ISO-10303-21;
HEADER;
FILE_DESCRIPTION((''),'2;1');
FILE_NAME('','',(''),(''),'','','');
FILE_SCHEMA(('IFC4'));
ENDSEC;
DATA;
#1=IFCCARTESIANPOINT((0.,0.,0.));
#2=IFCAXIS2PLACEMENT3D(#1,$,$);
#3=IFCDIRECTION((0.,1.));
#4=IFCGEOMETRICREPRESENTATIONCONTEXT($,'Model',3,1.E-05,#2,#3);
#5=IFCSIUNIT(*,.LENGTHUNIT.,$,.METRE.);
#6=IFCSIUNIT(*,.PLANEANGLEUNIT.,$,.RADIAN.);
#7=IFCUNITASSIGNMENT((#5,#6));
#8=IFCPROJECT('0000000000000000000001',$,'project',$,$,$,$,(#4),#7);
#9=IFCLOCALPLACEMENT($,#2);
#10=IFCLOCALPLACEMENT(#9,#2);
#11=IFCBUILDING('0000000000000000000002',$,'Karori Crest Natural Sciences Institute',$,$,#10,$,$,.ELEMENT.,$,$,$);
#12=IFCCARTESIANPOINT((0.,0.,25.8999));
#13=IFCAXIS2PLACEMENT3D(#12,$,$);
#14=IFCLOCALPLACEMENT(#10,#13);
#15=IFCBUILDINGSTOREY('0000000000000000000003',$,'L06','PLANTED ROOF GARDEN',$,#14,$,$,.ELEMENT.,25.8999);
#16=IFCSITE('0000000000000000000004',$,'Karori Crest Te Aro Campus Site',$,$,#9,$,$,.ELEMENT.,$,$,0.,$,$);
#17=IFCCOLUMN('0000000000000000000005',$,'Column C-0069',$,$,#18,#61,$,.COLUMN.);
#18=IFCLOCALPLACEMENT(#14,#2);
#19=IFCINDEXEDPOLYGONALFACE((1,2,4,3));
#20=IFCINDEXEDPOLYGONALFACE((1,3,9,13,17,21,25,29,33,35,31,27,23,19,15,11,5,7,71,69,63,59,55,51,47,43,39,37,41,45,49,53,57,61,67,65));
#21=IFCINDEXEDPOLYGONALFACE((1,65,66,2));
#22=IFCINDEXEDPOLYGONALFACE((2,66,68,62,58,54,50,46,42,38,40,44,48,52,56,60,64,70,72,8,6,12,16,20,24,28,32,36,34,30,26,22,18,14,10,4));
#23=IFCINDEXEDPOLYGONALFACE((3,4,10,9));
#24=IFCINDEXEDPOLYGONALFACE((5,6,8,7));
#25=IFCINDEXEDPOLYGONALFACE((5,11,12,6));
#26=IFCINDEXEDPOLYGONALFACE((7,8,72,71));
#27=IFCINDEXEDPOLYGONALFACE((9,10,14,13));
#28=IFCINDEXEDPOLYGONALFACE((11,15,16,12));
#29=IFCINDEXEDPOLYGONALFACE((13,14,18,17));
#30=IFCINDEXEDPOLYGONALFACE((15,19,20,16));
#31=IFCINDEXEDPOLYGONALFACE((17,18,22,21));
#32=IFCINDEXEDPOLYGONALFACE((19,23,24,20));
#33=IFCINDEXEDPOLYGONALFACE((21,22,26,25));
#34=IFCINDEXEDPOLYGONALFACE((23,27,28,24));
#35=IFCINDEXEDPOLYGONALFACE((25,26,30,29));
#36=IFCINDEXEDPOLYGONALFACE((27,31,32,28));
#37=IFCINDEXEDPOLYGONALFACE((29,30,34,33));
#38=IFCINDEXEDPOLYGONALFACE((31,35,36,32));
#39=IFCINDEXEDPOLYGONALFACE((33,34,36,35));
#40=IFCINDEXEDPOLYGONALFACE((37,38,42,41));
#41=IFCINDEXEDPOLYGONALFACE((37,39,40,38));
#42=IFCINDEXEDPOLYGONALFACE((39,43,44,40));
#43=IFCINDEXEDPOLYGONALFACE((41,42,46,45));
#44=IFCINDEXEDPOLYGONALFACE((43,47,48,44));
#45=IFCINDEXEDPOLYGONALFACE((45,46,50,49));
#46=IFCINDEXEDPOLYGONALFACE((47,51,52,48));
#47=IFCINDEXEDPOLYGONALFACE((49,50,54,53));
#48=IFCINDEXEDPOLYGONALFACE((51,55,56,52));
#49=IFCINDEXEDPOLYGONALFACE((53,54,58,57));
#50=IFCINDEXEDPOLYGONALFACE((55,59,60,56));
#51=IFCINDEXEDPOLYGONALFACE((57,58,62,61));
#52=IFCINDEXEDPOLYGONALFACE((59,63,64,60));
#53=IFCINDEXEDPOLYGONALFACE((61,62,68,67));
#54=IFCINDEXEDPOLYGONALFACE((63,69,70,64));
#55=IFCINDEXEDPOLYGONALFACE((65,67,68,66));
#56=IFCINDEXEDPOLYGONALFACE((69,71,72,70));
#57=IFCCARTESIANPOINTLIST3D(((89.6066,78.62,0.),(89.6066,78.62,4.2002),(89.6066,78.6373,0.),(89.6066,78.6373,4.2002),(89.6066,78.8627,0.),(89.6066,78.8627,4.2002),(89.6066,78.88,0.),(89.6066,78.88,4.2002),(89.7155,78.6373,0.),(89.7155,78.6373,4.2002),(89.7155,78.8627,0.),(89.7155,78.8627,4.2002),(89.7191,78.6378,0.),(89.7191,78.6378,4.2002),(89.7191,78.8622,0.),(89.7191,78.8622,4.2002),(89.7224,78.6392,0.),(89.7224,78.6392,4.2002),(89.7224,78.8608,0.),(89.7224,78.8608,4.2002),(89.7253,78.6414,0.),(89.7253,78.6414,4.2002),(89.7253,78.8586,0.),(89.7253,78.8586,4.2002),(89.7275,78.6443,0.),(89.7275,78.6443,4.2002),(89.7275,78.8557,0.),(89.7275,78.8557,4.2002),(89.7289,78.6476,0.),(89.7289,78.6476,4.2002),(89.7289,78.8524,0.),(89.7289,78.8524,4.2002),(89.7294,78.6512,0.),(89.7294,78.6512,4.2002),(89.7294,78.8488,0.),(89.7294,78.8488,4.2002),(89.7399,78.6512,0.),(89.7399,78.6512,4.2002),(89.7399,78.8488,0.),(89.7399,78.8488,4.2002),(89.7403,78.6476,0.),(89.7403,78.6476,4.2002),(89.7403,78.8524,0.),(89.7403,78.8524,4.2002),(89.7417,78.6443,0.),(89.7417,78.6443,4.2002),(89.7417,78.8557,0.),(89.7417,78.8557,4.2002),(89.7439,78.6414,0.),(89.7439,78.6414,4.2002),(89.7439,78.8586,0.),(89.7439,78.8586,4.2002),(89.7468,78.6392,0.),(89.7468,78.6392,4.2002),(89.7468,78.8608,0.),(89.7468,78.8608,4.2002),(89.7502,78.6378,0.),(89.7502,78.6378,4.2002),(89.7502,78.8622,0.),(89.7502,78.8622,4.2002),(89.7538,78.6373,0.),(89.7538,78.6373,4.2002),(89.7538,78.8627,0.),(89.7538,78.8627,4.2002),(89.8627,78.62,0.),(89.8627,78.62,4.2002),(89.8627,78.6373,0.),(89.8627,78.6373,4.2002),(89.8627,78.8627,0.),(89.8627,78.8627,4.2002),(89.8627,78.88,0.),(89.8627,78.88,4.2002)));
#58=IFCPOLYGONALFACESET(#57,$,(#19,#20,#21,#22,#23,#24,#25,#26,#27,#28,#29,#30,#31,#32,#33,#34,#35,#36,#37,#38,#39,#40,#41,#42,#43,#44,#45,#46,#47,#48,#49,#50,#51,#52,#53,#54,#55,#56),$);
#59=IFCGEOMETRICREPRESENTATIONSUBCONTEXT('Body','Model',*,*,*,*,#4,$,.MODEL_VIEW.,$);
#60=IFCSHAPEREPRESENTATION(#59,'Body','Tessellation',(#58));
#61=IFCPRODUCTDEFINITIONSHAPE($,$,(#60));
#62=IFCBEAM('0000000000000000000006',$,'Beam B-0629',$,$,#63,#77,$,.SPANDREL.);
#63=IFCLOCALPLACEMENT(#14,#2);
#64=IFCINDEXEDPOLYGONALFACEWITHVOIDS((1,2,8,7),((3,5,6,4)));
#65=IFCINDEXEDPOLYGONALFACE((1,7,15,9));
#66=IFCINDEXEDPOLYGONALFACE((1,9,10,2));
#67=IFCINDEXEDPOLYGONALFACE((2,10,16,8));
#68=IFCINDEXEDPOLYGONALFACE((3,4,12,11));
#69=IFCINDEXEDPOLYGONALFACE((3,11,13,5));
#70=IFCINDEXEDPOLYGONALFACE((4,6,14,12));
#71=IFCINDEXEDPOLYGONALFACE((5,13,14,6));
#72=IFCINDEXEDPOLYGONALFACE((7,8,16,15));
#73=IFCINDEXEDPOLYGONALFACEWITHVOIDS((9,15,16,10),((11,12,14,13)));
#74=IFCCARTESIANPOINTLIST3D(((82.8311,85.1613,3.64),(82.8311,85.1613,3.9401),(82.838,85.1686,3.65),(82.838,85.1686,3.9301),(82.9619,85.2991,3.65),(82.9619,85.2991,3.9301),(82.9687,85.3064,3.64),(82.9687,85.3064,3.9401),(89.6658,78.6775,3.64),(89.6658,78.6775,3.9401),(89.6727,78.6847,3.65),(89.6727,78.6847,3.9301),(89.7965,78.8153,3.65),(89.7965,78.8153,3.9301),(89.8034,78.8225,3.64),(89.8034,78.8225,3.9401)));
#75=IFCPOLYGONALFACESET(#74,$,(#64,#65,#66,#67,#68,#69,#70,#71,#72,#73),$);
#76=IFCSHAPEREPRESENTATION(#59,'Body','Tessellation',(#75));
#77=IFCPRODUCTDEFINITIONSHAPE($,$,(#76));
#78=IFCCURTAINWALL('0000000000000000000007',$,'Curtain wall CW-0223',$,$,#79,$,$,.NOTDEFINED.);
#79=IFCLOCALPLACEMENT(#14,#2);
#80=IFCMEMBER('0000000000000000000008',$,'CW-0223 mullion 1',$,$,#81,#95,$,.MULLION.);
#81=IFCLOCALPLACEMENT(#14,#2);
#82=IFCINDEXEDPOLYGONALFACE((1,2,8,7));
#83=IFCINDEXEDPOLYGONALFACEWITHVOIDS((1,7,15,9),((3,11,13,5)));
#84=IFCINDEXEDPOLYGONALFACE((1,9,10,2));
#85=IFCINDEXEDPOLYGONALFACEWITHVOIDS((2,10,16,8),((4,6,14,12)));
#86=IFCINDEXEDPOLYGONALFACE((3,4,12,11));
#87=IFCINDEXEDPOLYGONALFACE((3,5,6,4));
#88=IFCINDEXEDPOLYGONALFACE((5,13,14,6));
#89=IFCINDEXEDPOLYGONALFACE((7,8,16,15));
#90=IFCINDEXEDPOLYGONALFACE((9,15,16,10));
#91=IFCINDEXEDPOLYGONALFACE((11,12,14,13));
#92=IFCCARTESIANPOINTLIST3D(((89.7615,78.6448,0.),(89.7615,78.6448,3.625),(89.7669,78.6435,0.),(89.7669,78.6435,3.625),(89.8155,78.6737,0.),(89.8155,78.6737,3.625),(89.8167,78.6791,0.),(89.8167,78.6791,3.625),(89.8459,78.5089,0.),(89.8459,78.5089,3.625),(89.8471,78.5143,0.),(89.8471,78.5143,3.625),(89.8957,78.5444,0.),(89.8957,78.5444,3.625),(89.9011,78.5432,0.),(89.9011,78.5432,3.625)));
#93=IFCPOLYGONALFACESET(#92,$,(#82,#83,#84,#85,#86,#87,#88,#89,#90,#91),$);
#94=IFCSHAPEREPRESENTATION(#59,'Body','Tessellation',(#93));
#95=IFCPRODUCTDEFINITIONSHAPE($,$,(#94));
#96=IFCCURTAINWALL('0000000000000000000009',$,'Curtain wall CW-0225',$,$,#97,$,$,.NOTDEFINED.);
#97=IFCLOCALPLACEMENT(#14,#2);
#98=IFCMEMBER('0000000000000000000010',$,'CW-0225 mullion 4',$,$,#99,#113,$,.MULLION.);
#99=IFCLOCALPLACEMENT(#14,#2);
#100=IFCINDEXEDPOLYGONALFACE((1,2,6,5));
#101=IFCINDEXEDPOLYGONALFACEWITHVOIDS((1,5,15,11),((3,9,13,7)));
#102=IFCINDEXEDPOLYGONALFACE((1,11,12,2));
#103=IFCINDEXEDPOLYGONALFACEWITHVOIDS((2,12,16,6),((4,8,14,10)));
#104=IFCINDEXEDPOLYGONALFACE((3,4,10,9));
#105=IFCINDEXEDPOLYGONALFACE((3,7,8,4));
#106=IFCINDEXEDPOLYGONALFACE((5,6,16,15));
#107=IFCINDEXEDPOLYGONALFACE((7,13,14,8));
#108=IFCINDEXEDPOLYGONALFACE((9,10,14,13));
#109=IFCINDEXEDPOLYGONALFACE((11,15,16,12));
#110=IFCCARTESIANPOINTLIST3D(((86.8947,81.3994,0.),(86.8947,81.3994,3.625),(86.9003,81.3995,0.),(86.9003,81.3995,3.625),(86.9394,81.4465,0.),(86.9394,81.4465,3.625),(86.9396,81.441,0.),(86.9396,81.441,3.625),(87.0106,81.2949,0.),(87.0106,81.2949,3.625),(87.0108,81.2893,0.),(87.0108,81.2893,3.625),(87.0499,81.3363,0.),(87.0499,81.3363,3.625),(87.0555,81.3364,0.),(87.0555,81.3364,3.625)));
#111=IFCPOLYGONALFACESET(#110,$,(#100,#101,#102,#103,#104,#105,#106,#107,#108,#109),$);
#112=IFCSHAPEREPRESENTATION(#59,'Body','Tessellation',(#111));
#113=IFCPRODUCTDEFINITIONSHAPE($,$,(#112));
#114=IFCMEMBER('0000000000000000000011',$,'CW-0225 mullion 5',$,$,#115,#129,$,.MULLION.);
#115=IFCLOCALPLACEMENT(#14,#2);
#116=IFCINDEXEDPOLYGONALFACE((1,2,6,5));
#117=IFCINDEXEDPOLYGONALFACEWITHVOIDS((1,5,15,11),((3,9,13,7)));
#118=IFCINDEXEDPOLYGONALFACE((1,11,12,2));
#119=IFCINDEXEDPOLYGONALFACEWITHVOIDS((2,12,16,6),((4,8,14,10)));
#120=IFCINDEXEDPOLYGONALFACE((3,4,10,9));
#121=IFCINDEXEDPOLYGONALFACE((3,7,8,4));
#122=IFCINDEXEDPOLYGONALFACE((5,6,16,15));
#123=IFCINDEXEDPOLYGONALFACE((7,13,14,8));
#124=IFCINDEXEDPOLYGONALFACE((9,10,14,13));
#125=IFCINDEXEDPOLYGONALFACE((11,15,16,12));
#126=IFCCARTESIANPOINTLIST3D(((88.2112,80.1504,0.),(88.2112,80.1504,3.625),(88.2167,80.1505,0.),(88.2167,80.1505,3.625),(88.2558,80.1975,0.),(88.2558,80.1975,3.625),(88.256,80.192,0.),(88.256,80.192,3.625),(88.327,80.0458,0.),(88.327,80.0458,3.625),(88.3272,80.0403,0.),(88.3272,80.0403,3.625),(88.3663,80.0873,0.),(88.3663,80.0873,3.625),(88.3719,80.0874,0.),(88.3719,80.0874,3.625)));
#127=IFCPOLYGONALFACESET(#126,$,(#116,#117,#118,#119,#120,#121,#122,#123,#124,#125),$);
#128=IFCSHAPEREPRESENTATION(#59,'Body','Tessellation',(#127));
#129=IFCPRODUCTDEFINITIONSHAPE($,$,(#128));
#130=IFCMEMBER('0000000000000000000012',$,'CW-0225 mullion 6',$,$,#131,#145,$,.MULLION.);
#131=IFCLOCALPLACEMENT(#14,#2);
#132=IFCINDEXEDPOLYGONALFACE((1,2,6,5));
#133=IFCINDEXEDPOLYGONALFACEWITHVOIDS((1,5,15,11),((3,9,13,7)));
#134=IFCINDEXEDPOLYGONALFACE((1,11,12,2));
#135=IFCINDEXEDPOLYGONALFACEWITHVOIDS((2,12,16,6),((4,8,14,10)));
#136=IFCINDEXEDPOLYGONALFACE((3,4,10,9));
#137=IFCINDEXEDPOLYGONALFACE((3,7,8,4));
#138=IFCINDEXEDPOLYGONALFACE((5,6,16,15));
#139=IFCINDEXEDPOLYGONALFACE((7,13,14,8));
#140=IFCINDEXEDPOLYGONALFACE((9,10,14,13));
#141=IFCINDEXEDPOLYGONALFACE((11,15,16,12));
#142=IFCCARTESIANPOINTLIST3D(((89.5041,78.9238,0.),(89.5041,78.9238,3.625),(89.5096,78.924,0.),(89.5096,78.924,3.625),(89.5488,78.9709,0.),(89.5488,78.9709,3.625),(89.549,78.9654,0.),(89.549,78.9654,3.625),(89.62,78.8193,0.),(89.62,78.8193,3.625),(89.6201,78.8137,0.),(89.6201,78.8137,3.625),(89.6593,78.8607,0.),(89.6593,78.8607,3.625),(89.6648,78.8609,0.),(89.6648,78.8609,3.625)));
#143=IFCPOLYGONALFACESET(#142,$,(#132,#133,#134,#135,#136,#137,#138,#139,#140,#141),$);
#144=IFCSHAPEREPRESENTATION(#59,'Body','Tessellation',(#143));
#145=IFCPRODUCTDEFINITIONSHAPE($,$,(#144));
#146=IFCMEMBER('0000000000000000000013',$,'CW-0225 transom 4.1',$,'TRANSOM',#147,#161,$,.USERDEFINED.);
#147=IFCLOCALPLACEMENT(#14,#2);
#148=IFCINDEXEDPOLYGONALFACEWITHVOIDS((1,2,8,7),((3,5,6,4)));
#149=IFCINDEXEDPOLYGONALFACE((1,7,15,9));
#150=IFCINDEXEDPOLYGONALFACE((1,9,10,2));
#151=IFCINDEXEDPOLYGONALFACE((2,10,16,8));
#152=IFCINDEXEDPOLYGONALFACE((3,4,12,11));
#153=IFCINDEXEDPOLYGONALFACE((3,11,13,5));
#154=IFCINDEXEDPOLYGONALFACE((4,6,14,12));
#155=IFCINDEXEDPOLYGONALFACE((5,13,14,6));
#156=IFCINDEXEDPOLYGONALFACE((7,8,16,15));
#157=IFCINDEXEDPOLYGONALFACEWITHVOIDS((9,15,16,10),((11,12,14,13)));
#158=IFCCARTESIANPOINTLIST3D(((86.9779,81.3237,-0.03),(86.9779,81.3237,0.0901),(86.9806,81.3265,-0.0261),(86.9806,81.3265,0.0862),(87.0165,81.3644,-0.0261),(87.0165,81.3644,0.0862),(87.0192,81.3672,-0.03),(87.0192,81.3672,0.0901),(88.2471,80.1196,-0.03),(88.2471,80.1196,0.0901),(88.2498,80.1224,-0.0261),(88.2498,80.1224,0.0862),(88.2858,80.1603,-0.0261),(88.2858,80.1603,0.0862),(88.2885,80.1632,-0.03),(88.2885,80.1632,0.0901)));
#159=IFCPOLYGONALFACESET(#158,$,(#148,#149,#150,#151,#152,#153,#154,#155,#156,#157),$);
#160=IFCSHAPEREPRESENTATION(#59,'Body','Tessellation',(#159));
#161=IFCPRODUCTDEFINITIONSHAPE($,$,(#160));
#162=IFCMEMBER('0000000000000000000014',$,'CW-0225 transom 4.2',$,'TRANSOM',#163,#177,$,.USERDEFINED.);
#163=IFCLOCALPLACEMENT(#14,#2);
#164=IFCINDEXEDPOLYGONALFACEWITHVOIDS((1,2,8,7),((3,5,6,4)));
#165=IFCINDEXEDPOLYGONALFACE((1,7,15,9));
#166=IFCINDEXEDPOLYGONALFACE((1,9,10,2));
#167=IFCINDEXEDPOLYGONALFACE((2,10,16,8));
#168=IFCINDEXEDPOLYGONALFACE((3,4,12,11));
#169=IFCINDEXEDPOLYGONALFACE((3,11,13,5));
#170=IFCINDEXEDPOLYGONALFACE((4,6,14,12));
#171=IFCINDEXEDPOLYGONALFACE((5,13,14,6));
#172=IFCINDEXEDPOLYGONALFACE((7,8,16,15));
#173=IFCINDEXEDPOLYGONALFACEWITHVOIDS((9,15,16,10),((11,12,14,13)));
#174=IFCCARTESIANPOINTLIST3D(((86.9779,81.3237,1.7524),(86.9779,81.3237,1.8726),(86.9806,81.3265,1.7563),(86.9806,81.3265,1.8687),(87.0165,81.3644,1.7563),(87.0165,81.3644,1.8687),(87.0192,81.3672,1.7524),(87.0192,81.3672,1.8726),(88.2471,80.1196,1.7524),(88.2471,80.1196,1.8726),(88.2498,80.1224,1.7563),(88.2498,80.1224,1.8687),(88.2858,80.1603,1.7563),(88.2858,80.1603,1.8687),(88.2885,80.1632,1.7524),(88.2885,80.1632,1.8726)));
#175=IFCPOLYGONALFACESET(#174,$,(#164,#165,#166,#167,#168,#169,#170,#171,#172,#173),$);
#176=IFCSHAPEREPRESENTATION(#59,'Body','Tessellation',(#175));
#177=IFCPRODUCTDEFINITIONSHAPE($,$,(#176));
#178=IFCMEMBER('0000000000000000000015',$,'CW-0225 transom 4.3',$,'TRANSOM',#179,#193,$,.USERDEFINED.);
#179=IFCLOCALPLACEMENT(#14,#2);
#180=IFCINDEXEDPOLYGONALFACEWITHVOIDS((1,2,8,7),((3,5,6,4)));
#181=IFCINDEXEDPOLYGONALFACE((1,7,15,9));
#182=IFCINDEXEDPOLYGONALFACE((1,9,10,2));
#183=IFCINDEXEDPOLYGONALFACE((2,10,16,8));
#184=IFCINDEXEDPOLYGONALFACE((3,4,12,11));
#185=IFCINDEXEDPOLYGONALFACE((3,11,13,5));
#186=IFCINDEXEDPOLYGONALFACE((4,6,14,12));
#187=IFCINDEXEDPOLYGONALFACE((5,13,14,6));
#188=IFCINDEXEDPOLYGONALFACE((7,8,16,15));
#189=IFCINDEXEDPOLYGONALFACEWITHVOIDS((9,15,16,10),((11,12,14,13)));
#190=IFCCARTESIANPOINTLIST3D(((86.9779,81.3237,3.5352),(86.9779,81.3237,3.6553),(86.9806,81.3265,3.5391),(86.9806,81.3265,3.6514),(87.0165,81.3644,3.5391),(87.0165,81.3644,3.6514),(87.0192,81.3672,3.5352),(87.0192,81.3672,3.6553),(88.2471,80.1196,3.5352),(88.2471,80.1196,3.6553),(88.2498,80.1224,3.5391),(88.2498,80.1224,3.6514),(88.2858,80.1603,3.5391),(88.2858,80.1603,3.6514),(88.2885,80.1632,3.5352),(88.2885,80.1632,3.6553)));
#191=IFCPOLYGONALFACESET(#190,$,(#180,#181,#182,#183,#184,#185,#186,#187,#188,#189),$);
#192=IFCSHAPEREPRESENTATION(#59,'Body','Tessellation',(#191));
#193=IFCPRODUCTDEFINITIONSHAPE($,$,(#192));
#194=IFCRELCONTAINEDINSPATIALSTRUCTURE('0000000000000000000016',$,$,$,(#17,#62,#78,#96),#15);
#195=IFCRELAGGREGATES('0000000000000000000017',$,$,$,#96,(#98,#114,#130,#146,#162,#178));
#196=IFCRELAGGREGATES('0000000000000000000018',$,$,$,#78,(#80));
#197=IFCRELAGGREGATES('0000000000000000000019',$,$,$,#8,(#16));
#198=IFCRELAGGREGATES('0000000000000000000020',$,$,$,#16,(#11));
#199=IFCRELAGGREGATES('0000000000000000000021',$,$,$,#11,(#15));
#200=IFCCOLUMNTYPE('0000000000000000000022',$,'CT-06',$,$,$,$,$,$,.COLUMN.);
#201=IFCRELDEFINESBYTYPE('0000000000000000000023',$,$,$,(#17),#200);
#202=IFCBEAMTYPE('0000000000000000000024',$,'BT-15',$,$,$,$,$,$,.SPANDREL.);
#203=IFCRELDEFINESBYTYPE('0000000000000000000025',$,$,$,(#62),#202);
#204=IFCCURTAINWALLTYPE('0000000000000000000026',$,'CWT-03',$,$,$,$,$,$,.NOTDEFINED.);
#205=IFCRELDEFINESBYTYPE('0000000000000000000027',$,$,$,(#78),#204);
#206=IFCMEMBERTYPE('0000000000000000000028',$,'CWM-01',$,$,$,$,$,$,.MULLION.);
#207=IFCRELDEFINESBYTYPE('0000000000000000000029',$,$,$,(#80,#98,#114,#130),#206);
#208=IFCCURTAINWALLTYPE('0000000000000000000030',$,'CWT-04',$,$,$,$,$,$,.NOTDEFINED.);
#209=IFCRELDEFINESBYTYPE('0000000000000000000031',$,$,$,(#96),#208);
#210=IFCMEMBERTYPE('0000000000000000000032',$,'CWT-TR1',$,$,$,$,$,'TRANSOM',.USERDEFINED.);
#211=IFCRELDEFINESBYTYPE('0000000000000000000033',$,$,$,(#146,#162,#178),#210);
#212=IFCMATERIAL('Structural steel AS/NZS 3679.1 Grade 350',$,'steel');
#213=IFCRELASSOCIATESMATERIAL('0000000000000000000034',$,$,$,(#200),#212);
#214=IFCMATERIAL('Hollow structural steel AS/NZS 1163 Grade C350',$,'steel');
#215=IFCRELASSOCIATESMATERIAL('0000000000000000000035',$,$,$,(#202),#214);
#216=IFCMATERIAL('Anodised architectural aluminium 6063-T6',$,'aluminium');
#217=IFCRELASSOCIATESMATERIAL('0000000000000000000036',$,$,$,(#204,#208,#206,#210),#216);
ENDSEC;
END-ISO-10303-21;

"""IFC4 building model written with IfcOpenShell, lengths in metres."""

from ifc_helpers import new_model, si_unit, direction, frame, origin, origin_2d, place, context, subcontext, project, spatial, hollow_rectangle, i_section, extrude, material, material_profile, profile_set, type_object, element, aggregate, save


model = new_model("IFC4")

# Units and contexts
model_context = context("Model", 3, precision=1e-05, world=origin(), true_north=direction((0.0, 1.0)))
body_context = subcontext(model_context, "Body", "Model", "MODEL_VIEW")
ifc_project = project(units=[si_unit("LENGTHUNIT", "METRE"), si_unit("PLANEANGLEUNIT", "RADIAN")], contexts=[model_context])

# Site, building, storey
site_placement = place(None, origin())
site = spatial("IfcSite", under=ifc_project, at=site_placement, Name="Karori Crest Te Aro Campus Site", CompositionType="ELEMENT", RefElevation=0.0)
building_placement = place(site_placement, origin())
building = spatial("IfcBuilding", under=site, at=building_placement, Name="Karori Crest Natural Sciences Institute", CompositionType="ELEMENT")
storey_placement = place(building_placement, frame((0.0, 0.0, 25.8999)))
storey = spatial("IfcBuildingStorey", under=building, at=storey_placement, Name="L06", Description="PLANTED ROOF GARDEN", CompositionType="ELEMENT", Elevation=25.8999)

# Column
ifc_material_1 = material(Name="Structural steel AS/NZS 3679.1 Grade 350", Category="steel")
ifc_material_profile_1 = material_profile(ifc_material_1, i_section(OverallWidth=0.2561, OverallDepth=0.26, WebThickness=0.0105, FlangeThickness=0.0173, FilletRadius=0.0139, at=origin_2d()), Name="250UC89.5")
ifc_profile_set_1 = profile_set([ifc_material_profile_1], Name="Structural steel AS/NZS 3679.1 Grade 350")
column_type = type_object("IfcColumnType", Name="CT-06", PredefinedType="COLUMN", material=ifc_profile_set_1)
column_placement = place(storey_placement, frame((89.7346, 78.75, 0.0), z_axis=(0.0, 0.0, 1.0), x_axis=(1.0, 0.0, 0.0)))
element("IfcColumn", 1, at=column_placement, inside=storey, type_object=column_type, Name="Column C-0069", PredefinedType="COLUMN", context=body_context, shape_type="SweptSolid", body=[
    extrude(i_section(OverallWidth=0.2561, OverallDepth=0.26, WebThickness=0.0105, FlangeThickness=0.0173, FilletRadius=0.0139, at=origin_2d()), origin(), (0.0, 0.0, 1.0), 4.2002),
])

# Beam
ifc_material_2 = material(Name="Hollow structural steel AS/NZS 1163 Grade C350", Category="steel")
ifc_material_profile_2 = material_profile(ifc_material_2, hollow_rectangle(XDim=0.2, YDim=0.3, WallThickness=0.01, at=origin_2d()), Name="RHS300x200x10")
ifc_profile_set_2 = profile_set([ifc_material_profile_2], Name="Hollow structural steel AS/NZS 1163 Grade C350")
beam_type = type_object("IfcBeamType", Name="BT-15", PredefinedType="SPANDREL", material=ifc_profile_set_2)
beam_placement = place(storey_placement, frame((89.7346, 78.75, 3.79), z_axis=(-0.725481, 0.688242, 0.0), x_axis=(-0.688242, -0.725481, 0.0)))
element("IfcBeam", 2, at=beam_placement, inside=storey, type_object=beam_type, Name="Beam B-0629", PredefinedType="SPANDREL", context=body_context, shape_type="SweptSolid", body=[
    extrude(hollow_rectangle(XDim=0.2, YDim=0.3, WallThickness=0.01, at=origin_2d()), origin(), (0.0, 0.0, 1.0), 9.4209),
])

# Curtain wall, member
ifc_material_3 = material(Name="Anodised architectural aluminium 6063-T6", Category="aluminium")
curtain_wall_type_1 = type_object("IfcCurtainWallType", Name="CWT-03", PredefinedType="NOTDEFINED", material=ifc_material_3)
curtain_wall_1_placement = place(storey_placement, origin())
curtain_wall_1 = element("IfcCurtainWall", 3, at=curtain_wall_1_placement, inside=storey, type_object=curtain_wall_type_1, Name="Curtain wall CW-0223", PredefinedType="NOTDEFINED")
ifc_material_profile_3 = material_profile(ifc_material_3, hollow_rectangle(XDim=0.0649, YDim=0.1599, WallThickness=0.0039, at=origin_2d()), Name="CWM160x65x4")
ifc_profile_set_3 = profile_set([ifc_material_profile_3], Name="Anodised architectural aluminium 6063-T6")
member_type_1 = type_object("IfcMemberType", Name="CWM-01", PredefinedType="MULLION", material=ifc_profile_set_3)
member_1_placement = place(storey_placement, frame((89.8313, 78.594, 0.0), z_axis=(0.0, 0.0, 1.0), x_axis=(0.849662, 0.527328, 0.0)))
member_1 = element("IfcMember", 4, at=member_1_placement, type_object=member_type_1, Name="CW-0223 mullion 1", PredefinedType="MULLION", context=body_context, shape_type="SweptSolid", body=[
    extrude(hollow_rectangle(XDim=0.0649, YDim=0.1599, WallThickness=0.0039, at=origin_2d()), origin(), (0.0, 0.0, 1.0), 3.625),
])

# Curtain wall, members
curtain_wall_type_2 = type_object("IfcCurtainWallType", Name="CWT-04", PredefinedType="NOTDEFINED", material=ifc_material_3)
curtain_wall_2_placement = place(storey_placement, origin())
curtain_wall_2 = element("IfcCurtainWall", 5, at=curtain_wall_2_placement, inside=storey, type_object=curtain_wall_type_2, Name="Curtain wall CW-0225", PredefinedType="NOTDEFINED")
member_2_placement = place(storey_placement, frame((86.9751, 81.3679, 0.0), z_axis=(0.0, 0.0, 1.0), x_axis=(0.688252, 0.725471, 0.0)))
member_2 = element("IfcMember", 6, at=member_2_placement, type_object=member_type_1, Name="CW-0225 mullion 4", PredefinedType="MULLION", context=body_context, shape_type="SweptSolid", body=[
    extrude(hollow_rectangle(XDim=0.0649, YDim=0.1599, WallThickness=0.0039, at=origin_2d()), origin(), (0.0, 0.0, 1.0), 3.625),
])
member_3_placement = place(storey_placement, frame((88.2915, 80.1189, 0.0), z_axis=(0.0, 0.0, 1.0), x_axis=(0.688252, 0.725471, 0.0)))
member_3 = element("IfcMember", 7, at=member_3_placement, type_object=member_type_1, Name="CW-0225 mullion 5", PredefinedType="MULLION", context=body_context, shape_type="SweptSolid", body=[
    extrude(hollow_rectangle(XDim=0.0649, YDim=0.1599, WallThickness=0.0039, at=origin_2d()), origin(), (0.0, 0.0, 1.0), 3.625),
])
member_4_placement = place(storey_placement, frame((89.5845, 78.8923, 0.0), z_axis=(0.0, 0.0, 1.0), x_axis=(0.688252, 0.725471, 0.0)))
member_4 = element("IfcMember", 8, at=member_4_placement, type_object=member_type_1, Name="CW-0225 mullion 6", PredefinedType="MULLION", context=body_context, shape_type="SweptSolid", body=[
    extrude(hollow_rectangle(XDim=0.0649, YDim=0.1599, WallThickness=0.0039, at=origin_2d()), origin(), (0.0, 0.0, 1.0), 3.625),
])
ifc_material_profile_4 = material_profile(ifc_material_3, hollow_rectangle(XDim=0.0601, YDim=0.1201, WallThickness=0.0039, at=origin_2d()), Name="CWT120x60x4")
ifc_profile_set_4 = profile_set([ifc_material_profile_4], Name="Anodised architectural aluminium 6063-T6")
member_type_2 = type_object("IfcMemberType", Name="CWT-TR1", ElementType="TRANSOM", PredefinedType="USERDEFINED", material=ifc_profile_set_4)
member_5_placement = place(storey_placement, frame((86.9985, 81.3455, 0.03), z_axis=(0.72549, -0.688232, 0.0), x_axis=(0.688232, 0.72549, 0.0)))
member_5 = element("IfcMember", 9, at=member_5_placement, type_object=member_type_2, Name="CW-0225 transom 4.1", ObjectType="TRANSOM", PredefinedType="USERDEFINED", context=body_context, shape_type="SweptSolid", body=[
    extrude(hollow_rectangle(XDim=0.0601, YDim=0.1201, WallThickness=0.0039, at=origin_2d()), origin(), (0.0, 0.0, 1.0), 1.7495),
])
member_6_placement = place(storey_placement, frame((86.9985, 81.3455, 1.8125), z_axis=(0.72549, -0.688232, 0.0), x_axis=(0.688232, 0.72549, 0.0)))
member_6 = element("IfcMember", 10, at=member_6_placement, type_object=member_type_2, Name="CW-0225 transom 4.2", ObjectType="TRANSOM", PredefinedType="USERDEFINED", context=body_context, shape_type="SweptSolid", body=[
    extrude(hollow_rectangle(XDim=0.0601, YDim=0.1201, WallThickness=0.0039, at=origin_2d()), origin(), (0.0, 0.0, 1.0), 1.7495),
])
member_7_placement = place(storey_placement, frame((86.9985, 81.3455, 3.5952), z_axis=(0.72549, -0.688232, 0.0), x_axis=(0.688232, 0.72549, 0.0)))
member_7 = element("IfcMember", 11, at=member_7_placement, type_object=member_type_2, Name="CW-0225 transom 4.3", ObjectType="TRANSOM", PredefinedType="USERDEFINED", context=body_context, shape_type="SweptSolid", body=[
    extrude(hollow_rectangle(XDim=0.0601, YDim=0.1201, WallThickness=0.0039, at=origin_2d()), origin(), (0.0, 0.0, 1.0), 1.7495),
])

aggregate(curtain_wall_2, [member_2, member_3, member_4, member_5, member_6, member_7])
aggregate(curtain_wall_1, [member_1])

save(model, "model.ifc")
